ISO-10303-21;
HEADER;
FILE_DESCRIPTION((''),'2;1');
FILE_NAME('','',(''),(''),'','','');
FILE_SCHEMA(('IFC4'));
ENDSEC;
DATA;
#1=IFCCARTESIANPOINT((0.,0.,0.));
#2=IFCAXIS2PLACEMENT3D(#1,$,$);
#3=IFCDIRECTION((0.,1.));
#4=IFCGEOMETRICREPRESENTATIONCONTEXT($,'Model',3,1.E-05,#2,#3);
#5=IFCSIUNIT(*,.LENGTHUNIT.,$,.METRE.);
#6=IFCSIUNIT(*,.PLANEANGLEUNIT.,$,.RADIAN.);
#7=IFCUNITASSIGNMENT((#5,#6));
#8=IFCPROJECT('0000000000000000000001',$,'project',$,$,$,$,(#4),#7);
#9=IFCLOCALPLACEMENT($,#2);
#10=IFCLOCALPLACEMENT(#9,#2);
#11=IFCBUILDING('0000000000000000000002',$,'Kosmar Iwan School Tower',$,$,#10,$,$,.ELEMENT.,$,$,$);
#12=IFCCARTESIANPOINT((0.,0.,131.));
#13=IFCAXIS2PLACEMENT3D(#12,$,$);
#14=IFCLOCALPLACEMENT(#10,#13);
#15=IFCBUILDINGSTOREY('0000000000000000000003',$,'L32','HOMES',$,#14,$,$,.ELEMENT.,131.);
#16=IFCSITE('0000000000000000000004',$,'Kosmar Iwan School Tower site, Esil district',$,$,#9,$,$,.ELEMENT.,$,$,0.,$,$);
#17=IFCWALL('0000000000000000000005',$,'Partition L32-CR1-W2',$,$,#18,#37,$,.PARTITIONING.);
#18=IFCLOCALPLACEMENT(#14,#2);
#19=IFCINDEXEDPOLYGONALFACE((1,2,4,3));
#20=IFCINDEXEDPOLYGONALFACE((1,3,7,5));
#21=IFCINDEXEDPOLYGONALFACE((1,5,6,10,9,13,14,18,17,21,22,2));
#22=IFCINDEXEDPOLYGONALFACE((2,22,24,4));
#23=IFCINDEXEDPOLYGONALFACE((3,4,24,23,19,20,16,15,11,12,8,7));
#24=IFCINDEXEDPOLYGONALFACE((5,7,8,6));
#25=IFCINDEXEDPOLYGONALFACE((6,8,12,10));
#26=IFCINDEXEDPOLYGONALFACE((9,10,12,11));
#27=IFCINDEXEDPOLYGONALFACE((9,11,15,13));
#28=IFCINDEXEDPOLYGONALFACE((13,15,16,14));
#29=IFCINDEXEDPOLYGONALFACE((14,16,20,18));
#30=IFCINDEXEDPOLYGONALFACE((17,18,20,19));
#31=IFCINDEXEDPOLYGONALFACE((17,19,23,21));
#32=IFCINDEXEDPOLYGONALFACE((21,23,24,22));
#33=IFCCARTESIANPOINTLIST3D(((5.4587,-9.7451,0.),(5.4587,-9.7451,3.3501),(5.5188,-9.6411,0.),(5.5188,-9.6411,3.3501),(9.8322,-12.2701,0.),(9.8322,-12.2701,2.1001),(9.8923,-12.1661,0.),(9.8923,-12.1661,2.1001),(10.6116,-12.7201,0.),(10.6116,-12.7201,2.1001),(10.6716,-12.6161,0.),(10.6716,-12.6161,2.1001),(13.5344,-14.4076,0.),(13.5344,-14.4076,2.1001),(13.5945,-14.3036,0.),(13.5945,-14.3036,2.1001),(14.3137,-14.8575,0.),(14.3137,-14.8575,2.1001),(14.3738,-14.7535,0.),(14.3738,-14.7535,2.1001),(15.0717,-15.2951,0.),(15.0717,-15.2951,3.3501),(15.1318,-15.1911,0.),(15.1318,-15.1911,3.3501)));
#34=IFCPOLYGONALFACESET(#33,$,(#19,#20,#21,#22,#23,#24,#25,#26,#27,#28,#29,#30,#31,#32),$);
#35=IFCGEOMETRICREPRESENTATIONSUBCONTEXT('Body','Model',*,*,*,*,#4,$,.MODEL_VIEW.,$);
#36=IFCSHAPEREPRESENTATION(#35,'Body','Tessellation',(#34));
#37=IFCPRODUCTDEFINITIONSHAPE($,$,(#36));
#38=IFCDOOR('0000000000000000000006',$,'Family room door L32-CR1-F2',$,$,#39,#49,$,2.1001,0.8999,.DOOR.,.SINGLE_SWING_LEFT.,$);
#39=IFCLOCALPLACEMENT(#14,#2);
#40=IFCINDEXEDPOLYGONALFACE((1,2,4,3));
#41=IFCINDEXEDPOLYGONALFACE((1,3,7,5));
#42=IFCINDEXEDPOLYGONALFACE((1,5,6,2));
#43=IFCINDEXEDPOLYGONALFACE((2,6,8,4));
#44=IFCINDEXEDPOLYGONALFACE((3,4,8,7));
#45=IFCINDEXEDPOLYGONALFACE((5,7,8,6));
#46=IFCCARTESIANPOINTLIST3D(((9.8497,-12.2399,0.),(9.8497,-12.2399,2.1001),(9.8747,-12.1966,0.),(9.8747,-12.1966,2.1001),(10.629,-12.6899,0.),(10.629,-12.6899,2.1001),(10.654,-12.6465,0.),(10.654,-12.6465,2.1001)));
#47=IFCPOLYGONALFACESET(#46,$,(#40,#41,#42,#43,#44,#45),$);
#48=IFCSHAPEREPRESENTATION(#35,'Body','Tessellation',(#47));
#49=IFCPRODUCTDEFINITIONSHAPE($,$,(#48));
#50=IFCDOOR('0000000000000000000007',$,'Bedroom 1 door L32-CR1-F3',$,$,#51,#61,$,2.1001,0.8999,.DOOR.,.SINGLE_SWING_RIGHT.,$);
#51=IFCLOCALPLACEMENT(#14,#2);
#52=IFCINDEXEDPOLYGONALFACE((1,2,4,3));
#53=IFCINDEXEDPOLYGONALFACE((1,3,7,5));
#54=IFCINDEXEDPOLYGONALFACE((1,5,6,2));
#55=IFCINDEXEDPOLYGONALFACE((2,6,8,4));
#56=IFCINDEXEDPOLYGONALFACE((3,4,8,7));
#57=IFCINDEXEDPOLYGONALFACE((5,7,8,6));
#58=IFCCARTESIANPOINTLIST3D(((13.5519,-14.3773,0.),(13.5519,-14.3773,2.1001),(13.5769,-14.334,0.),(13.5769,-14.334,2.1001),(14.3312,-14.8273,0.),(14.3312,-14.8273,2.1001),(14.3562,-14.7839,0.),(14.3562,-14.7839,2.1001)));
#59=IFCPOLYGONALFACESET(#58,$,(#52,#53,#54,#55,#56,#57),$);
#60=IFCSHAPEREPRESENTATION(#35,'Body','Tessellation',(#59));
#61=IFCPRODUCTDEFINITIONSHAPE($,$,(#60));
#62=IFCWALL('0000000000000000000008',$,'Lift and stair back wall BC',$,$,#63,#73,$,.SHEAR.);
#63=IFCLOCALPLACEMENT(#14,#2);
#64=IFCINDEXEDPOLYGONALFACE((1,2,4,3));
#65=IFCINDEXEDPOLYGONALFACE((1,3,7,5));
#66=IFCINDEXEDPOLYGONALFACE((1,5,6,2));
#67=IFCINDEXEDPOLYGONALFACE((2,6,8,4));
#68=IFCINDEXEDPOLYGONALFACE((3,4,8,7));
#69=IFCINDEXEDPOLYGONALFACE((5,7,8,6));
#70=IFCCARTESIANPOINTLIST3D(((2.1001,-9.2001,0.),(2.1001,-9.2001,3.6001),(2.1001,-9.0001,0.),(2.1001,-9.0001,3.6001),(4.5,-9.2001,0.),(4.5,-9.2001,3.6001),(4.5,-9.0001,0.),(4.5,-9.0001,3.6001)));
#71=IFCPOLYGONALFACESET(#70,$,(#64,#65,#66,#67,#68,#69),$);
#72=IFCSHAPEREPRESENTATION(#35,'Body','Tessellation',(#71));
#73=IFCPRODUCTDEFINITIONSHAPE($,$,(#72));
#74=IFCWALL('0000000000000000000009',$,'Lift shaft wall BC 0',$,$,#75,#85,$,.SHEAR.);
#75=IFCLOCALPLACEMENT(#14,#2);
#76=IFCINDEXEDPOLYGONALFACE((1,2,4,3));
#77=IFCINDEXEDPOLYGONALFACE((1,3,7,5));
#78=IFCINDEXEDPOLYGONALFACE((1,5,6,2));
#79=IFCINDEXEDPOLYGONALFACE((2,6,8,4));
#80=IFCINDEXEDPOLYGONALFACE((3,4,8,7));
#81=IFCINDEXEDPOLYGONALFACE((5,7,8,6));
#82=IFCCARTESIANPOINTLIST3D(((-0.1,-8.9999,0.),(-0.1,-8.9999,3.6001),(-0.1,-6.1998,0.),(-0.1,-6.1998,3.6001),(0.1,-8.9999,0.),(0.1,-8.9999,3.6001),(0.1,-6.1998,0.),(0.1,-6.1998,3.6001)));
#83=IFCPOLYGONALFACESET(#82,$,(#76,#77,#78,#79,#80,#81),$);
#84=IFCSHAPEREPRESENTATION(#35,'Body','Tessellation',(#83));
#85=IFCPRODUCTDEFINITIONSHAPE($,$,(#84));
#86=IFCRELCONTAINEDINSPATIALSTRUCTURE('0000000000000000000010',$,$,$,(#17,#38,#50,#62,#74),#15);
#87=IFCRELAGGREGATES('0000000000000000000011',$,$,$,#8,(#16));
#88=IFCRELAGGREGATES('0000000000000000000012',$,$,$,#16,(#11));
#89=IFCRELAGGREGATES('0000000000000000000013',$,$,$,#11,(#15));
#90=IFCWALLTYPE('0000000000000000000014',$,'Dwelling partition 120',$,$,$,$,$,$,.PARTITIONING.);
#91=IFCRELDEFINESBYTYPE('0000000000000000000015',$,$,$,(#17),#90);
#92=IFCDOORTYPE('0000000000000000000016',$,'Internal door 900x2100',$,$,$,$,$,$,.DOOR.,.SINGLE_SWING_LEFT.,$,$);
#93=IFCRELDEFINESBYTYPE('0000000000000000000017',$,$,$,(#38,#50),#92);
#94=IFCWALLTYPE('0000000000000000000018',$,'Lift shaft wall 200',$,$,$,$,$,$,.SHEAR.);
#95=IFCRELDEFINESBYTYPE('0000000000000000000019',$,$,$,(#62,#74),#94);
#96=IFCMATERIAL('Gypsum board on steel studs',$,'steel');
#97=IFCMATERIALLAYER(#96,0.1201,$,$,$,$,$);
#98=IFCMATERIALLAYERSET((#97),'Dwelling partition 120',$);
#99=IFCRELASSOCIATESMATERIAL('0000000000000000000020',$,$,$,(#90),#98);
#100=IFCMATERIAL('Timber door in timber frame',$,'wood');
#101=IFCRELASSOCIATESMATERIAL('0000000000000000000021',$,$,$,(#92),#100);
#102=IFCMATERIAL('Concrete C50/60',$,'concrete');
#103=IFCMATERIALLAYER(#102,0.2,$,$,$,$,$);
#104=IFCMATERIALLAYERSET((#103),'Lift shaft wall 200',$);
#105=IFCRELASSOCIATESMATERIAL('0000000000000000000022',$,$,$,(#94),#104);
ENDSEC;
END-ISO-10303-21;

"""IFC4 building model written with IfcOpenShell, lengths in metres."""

from ifc_helpers import new_model, si_unit, direction, frame, frame_2d, origin, place, context, subcontext, project, spatial, rectangle, extrude, material, layer, layer_set, type_object, element, fill, save


model = new_model("IFC4")

# Units and contexts
model_context = context("Model", 3, precision=1e-05, world=origin(), true_north=direction((0.0, 1.0)))
body_context = subcontext(model_context, "Body", "Model", "MODEL_VIEW")
ifc_project = project(units=[si_unit("LENGTHUNIT", "METRE"), si_unit("PLANEANGLEUNIT", "RADIAN")], contexts=[model_context])

# Site, building, storey
site_placement = place(None, origin())
site = spatial("IfcSite", under=ifc_project, at=site_placement, Name="Kosmar Iwan School Tower site, Esil district", CompositionType="ELEMENT", RefElevation=0.0)
building_placement = place(site_placement, origin())
building = spatial("IfcBuilding", under=site, at=building_placement, Name="Kosmar Iwan School Tower", CompositionType="ELEMENT")
storey_placement = place(building_placement, frame((0.0, 0.0, 131.0)))
storey = spatial("IfcBuildingStorey", under=building, at=storey_placement, Name="L32", Description="HOMES", CompositionType="ELEMENT", Elevation=131.0)

# Wall, openings, doors
ifc_material_1 = material(Name="Gypsum board on steel studs", Category="steel")
ifc_layer_1 = layer(ifc_material_1, 0.1201)
ifc_layer_set_1 = layer_set([ifc_layer_1], Name="Dwelling partition 120")
wall_type_1 = type_object("IfcWallType", Name="Dwelling partition 120", PredefinedType="PARTITIONING", material=ifc_layer_set_1)
wall_1_placement = place(storey_placement, frame((5.4888, -9.6931, 0.0), z_axis=(0.0, 0.0, 1.0), x_axis=(0.866027, -0.499997, 0.0)))
wall_1 = element("IfcWall", 1, at=wall_1_placement, inside=storey, type_object=wall_type_1, Name="Partition L32-CR1-W2", PredefinedType="PARTITIONING", context=body_context, shape_type="SweptSolid", body=[
    extrude(rectangle(XDim=11.1001, YDim=0.1201, at=frame_2d((5.55, 0.0))), origin(), (0.0, 0.0, 1.0), 3.3501),
])
opening_1_placement = place(wall_1_placement, frame((5.05, 0.0, 0.0)))
opening_1 = element("IfcOpeningElement", 2, at=opening_1_placement, cuts=wall_1, PredefinedType="OPENING", context=body_context, shape_type="SweptSolid", body=[
    extrude(rectangle(XDim=0.8999, YDim=2.1001, at=frame_2d((0.45, 1.05))), frame((0.0, 0.072, 0.0), z_axis=(0.0, -1.0, 0.0), x_axis=(1.0, 0.0, 0.0)), (0.0, 0.0, 1.0), 0.144),
])
opening_2_placement = place(wall_1_placement, frame((9.325, 0.0, 0.0)))
opening_2 = element("IfcOpeningElement", 3, at=opening_2_placement, cuts=wall_1, PredefinedType="OPENING", context=body_context, shape_type="SweptSolid", body=[
    extrude(rectangle(XDim=0.8999, YDim=2.1001, at=frame_2d((0.45, 1.05))), frame((0.0, 0.072, 0.0), z_axis=(0.0, -1.0, 0.0), x_axis=(1.0, 0.0, 0.0)), (0.0, 0.0, 1.0), 0.144),
])
ifc_material_2 = material(Name="Timber door in timber frame", Category="wood")
door_type = type_object("IfcDoorType", Name="Internal door 900x2100", OperationType="SINGLE_SWING_LEFT", PredefinedType="DOOR", material=ifc_material_2)
door_1_placement = place(opening_1_placement, origin())
door_1 = element("IfcDoor", 4, at=door_1_placement, inside=storey, type_object=door_type, Name="Family room door L32-CR1-F2", OperationType="SINGLE_SWING_LEFT", OverallHeight=2.1001, OverallWidth=0.8999, PredefinedType="DOOR", context=body_context, shape_type="SweptSolid", body=[
    extrude(rectangle(XDim=0.8999, YDim=2.1001, at=frame_2d((0.45, 1.05))), frame((0.0, 0.0249, 0.0), z_axis=(0.0, -1.0, 0.0), x_axis=(1.0, 0.0, 0.0)), (0.0, 0.0, 1.0), 0.05),
])
fill(opening_1, door_1)
door_2_placement = place(opening_2_placement, origin())
door_2 = element("IfcDoor", 5, at=door_2_placement, inside=storey, type_object=door_type, Name="Bedroom 1 door L32-CR1-F3", OperationType="SINGLE_SWING_RIGHT", OverallHeight=2.1001, OverallWidth=0.8999, PredefinedType="DOOR", context=body_context, shape_type="SweptSolid", body=[
    extrude(rectangle(XDim=0.8999, YDim=2.1001, at=frame_2d((0.45, 1.05))), frame((0.0, 0.0249, 0.0), z_axis=(0.0, -1.0, 0.0), x_axis=(1.0, 0.0, 0.0)), (0.0, 0.0, 1.0), 0.05),
])
fill(opening_2, door_2)

# Walls
ifc_material_3 = material(Name="Concrete C50/60", Category="concrete")
ifc_layer_2 = layer(ifc_material_3, 0.2)
ifc_layer_set_2 = layer_set([ifc_layer_2], Name="Lift shaft wall 200")
wall_type_2 = type_object("IfcWallType", Name="Lift shaft wall 200", PredefinedType="SHEAR", material=ifc_layer_set_2)
wall_2_placement = place(storey_placement, frame((2.1001, -9.1001, 0.0), z_axis=(0.0, 0.0, 1.0), x_axis=(1.0, 0.0, 0.0)))
element("IfcWall", 6, at=wall_2_placement, inside=storey, type_object=wall_type_2, Name="Lift and stair back wall BC", PredefinedType="SHEAR", context=body_context, shape_type="SweptSolid", body=[
    extrude(rectangle(XDim=2.3999, YDim=0.2, at=frame_2d((1.2, 0.0))), origin(), (0.0, 0.0, 1.0), 3.6001),
])
wall_3_placement = place(storey_placement, frame((0.0, -6.2, 0.0), z_axis=(0.0, 0.0, 1.0), x_axis=(0.0, -1.0, 0.0)))
element("IfcWall", 7, at=wall_3_placement, inside=storey, type_object=wall_type_2, Name="Lift shaft wall BC 0", PredefinedType="SHEAR", context=body_context, shape_type="SweptSolid", body=[
    extrude(rectangle(XDim=2.8, YDim=0.2, at=frame_2d((1.3999, 0.0))), origin(), (0.0, 0.0, 1.0), 3.6001),
])

save(model, "model.ifc")
